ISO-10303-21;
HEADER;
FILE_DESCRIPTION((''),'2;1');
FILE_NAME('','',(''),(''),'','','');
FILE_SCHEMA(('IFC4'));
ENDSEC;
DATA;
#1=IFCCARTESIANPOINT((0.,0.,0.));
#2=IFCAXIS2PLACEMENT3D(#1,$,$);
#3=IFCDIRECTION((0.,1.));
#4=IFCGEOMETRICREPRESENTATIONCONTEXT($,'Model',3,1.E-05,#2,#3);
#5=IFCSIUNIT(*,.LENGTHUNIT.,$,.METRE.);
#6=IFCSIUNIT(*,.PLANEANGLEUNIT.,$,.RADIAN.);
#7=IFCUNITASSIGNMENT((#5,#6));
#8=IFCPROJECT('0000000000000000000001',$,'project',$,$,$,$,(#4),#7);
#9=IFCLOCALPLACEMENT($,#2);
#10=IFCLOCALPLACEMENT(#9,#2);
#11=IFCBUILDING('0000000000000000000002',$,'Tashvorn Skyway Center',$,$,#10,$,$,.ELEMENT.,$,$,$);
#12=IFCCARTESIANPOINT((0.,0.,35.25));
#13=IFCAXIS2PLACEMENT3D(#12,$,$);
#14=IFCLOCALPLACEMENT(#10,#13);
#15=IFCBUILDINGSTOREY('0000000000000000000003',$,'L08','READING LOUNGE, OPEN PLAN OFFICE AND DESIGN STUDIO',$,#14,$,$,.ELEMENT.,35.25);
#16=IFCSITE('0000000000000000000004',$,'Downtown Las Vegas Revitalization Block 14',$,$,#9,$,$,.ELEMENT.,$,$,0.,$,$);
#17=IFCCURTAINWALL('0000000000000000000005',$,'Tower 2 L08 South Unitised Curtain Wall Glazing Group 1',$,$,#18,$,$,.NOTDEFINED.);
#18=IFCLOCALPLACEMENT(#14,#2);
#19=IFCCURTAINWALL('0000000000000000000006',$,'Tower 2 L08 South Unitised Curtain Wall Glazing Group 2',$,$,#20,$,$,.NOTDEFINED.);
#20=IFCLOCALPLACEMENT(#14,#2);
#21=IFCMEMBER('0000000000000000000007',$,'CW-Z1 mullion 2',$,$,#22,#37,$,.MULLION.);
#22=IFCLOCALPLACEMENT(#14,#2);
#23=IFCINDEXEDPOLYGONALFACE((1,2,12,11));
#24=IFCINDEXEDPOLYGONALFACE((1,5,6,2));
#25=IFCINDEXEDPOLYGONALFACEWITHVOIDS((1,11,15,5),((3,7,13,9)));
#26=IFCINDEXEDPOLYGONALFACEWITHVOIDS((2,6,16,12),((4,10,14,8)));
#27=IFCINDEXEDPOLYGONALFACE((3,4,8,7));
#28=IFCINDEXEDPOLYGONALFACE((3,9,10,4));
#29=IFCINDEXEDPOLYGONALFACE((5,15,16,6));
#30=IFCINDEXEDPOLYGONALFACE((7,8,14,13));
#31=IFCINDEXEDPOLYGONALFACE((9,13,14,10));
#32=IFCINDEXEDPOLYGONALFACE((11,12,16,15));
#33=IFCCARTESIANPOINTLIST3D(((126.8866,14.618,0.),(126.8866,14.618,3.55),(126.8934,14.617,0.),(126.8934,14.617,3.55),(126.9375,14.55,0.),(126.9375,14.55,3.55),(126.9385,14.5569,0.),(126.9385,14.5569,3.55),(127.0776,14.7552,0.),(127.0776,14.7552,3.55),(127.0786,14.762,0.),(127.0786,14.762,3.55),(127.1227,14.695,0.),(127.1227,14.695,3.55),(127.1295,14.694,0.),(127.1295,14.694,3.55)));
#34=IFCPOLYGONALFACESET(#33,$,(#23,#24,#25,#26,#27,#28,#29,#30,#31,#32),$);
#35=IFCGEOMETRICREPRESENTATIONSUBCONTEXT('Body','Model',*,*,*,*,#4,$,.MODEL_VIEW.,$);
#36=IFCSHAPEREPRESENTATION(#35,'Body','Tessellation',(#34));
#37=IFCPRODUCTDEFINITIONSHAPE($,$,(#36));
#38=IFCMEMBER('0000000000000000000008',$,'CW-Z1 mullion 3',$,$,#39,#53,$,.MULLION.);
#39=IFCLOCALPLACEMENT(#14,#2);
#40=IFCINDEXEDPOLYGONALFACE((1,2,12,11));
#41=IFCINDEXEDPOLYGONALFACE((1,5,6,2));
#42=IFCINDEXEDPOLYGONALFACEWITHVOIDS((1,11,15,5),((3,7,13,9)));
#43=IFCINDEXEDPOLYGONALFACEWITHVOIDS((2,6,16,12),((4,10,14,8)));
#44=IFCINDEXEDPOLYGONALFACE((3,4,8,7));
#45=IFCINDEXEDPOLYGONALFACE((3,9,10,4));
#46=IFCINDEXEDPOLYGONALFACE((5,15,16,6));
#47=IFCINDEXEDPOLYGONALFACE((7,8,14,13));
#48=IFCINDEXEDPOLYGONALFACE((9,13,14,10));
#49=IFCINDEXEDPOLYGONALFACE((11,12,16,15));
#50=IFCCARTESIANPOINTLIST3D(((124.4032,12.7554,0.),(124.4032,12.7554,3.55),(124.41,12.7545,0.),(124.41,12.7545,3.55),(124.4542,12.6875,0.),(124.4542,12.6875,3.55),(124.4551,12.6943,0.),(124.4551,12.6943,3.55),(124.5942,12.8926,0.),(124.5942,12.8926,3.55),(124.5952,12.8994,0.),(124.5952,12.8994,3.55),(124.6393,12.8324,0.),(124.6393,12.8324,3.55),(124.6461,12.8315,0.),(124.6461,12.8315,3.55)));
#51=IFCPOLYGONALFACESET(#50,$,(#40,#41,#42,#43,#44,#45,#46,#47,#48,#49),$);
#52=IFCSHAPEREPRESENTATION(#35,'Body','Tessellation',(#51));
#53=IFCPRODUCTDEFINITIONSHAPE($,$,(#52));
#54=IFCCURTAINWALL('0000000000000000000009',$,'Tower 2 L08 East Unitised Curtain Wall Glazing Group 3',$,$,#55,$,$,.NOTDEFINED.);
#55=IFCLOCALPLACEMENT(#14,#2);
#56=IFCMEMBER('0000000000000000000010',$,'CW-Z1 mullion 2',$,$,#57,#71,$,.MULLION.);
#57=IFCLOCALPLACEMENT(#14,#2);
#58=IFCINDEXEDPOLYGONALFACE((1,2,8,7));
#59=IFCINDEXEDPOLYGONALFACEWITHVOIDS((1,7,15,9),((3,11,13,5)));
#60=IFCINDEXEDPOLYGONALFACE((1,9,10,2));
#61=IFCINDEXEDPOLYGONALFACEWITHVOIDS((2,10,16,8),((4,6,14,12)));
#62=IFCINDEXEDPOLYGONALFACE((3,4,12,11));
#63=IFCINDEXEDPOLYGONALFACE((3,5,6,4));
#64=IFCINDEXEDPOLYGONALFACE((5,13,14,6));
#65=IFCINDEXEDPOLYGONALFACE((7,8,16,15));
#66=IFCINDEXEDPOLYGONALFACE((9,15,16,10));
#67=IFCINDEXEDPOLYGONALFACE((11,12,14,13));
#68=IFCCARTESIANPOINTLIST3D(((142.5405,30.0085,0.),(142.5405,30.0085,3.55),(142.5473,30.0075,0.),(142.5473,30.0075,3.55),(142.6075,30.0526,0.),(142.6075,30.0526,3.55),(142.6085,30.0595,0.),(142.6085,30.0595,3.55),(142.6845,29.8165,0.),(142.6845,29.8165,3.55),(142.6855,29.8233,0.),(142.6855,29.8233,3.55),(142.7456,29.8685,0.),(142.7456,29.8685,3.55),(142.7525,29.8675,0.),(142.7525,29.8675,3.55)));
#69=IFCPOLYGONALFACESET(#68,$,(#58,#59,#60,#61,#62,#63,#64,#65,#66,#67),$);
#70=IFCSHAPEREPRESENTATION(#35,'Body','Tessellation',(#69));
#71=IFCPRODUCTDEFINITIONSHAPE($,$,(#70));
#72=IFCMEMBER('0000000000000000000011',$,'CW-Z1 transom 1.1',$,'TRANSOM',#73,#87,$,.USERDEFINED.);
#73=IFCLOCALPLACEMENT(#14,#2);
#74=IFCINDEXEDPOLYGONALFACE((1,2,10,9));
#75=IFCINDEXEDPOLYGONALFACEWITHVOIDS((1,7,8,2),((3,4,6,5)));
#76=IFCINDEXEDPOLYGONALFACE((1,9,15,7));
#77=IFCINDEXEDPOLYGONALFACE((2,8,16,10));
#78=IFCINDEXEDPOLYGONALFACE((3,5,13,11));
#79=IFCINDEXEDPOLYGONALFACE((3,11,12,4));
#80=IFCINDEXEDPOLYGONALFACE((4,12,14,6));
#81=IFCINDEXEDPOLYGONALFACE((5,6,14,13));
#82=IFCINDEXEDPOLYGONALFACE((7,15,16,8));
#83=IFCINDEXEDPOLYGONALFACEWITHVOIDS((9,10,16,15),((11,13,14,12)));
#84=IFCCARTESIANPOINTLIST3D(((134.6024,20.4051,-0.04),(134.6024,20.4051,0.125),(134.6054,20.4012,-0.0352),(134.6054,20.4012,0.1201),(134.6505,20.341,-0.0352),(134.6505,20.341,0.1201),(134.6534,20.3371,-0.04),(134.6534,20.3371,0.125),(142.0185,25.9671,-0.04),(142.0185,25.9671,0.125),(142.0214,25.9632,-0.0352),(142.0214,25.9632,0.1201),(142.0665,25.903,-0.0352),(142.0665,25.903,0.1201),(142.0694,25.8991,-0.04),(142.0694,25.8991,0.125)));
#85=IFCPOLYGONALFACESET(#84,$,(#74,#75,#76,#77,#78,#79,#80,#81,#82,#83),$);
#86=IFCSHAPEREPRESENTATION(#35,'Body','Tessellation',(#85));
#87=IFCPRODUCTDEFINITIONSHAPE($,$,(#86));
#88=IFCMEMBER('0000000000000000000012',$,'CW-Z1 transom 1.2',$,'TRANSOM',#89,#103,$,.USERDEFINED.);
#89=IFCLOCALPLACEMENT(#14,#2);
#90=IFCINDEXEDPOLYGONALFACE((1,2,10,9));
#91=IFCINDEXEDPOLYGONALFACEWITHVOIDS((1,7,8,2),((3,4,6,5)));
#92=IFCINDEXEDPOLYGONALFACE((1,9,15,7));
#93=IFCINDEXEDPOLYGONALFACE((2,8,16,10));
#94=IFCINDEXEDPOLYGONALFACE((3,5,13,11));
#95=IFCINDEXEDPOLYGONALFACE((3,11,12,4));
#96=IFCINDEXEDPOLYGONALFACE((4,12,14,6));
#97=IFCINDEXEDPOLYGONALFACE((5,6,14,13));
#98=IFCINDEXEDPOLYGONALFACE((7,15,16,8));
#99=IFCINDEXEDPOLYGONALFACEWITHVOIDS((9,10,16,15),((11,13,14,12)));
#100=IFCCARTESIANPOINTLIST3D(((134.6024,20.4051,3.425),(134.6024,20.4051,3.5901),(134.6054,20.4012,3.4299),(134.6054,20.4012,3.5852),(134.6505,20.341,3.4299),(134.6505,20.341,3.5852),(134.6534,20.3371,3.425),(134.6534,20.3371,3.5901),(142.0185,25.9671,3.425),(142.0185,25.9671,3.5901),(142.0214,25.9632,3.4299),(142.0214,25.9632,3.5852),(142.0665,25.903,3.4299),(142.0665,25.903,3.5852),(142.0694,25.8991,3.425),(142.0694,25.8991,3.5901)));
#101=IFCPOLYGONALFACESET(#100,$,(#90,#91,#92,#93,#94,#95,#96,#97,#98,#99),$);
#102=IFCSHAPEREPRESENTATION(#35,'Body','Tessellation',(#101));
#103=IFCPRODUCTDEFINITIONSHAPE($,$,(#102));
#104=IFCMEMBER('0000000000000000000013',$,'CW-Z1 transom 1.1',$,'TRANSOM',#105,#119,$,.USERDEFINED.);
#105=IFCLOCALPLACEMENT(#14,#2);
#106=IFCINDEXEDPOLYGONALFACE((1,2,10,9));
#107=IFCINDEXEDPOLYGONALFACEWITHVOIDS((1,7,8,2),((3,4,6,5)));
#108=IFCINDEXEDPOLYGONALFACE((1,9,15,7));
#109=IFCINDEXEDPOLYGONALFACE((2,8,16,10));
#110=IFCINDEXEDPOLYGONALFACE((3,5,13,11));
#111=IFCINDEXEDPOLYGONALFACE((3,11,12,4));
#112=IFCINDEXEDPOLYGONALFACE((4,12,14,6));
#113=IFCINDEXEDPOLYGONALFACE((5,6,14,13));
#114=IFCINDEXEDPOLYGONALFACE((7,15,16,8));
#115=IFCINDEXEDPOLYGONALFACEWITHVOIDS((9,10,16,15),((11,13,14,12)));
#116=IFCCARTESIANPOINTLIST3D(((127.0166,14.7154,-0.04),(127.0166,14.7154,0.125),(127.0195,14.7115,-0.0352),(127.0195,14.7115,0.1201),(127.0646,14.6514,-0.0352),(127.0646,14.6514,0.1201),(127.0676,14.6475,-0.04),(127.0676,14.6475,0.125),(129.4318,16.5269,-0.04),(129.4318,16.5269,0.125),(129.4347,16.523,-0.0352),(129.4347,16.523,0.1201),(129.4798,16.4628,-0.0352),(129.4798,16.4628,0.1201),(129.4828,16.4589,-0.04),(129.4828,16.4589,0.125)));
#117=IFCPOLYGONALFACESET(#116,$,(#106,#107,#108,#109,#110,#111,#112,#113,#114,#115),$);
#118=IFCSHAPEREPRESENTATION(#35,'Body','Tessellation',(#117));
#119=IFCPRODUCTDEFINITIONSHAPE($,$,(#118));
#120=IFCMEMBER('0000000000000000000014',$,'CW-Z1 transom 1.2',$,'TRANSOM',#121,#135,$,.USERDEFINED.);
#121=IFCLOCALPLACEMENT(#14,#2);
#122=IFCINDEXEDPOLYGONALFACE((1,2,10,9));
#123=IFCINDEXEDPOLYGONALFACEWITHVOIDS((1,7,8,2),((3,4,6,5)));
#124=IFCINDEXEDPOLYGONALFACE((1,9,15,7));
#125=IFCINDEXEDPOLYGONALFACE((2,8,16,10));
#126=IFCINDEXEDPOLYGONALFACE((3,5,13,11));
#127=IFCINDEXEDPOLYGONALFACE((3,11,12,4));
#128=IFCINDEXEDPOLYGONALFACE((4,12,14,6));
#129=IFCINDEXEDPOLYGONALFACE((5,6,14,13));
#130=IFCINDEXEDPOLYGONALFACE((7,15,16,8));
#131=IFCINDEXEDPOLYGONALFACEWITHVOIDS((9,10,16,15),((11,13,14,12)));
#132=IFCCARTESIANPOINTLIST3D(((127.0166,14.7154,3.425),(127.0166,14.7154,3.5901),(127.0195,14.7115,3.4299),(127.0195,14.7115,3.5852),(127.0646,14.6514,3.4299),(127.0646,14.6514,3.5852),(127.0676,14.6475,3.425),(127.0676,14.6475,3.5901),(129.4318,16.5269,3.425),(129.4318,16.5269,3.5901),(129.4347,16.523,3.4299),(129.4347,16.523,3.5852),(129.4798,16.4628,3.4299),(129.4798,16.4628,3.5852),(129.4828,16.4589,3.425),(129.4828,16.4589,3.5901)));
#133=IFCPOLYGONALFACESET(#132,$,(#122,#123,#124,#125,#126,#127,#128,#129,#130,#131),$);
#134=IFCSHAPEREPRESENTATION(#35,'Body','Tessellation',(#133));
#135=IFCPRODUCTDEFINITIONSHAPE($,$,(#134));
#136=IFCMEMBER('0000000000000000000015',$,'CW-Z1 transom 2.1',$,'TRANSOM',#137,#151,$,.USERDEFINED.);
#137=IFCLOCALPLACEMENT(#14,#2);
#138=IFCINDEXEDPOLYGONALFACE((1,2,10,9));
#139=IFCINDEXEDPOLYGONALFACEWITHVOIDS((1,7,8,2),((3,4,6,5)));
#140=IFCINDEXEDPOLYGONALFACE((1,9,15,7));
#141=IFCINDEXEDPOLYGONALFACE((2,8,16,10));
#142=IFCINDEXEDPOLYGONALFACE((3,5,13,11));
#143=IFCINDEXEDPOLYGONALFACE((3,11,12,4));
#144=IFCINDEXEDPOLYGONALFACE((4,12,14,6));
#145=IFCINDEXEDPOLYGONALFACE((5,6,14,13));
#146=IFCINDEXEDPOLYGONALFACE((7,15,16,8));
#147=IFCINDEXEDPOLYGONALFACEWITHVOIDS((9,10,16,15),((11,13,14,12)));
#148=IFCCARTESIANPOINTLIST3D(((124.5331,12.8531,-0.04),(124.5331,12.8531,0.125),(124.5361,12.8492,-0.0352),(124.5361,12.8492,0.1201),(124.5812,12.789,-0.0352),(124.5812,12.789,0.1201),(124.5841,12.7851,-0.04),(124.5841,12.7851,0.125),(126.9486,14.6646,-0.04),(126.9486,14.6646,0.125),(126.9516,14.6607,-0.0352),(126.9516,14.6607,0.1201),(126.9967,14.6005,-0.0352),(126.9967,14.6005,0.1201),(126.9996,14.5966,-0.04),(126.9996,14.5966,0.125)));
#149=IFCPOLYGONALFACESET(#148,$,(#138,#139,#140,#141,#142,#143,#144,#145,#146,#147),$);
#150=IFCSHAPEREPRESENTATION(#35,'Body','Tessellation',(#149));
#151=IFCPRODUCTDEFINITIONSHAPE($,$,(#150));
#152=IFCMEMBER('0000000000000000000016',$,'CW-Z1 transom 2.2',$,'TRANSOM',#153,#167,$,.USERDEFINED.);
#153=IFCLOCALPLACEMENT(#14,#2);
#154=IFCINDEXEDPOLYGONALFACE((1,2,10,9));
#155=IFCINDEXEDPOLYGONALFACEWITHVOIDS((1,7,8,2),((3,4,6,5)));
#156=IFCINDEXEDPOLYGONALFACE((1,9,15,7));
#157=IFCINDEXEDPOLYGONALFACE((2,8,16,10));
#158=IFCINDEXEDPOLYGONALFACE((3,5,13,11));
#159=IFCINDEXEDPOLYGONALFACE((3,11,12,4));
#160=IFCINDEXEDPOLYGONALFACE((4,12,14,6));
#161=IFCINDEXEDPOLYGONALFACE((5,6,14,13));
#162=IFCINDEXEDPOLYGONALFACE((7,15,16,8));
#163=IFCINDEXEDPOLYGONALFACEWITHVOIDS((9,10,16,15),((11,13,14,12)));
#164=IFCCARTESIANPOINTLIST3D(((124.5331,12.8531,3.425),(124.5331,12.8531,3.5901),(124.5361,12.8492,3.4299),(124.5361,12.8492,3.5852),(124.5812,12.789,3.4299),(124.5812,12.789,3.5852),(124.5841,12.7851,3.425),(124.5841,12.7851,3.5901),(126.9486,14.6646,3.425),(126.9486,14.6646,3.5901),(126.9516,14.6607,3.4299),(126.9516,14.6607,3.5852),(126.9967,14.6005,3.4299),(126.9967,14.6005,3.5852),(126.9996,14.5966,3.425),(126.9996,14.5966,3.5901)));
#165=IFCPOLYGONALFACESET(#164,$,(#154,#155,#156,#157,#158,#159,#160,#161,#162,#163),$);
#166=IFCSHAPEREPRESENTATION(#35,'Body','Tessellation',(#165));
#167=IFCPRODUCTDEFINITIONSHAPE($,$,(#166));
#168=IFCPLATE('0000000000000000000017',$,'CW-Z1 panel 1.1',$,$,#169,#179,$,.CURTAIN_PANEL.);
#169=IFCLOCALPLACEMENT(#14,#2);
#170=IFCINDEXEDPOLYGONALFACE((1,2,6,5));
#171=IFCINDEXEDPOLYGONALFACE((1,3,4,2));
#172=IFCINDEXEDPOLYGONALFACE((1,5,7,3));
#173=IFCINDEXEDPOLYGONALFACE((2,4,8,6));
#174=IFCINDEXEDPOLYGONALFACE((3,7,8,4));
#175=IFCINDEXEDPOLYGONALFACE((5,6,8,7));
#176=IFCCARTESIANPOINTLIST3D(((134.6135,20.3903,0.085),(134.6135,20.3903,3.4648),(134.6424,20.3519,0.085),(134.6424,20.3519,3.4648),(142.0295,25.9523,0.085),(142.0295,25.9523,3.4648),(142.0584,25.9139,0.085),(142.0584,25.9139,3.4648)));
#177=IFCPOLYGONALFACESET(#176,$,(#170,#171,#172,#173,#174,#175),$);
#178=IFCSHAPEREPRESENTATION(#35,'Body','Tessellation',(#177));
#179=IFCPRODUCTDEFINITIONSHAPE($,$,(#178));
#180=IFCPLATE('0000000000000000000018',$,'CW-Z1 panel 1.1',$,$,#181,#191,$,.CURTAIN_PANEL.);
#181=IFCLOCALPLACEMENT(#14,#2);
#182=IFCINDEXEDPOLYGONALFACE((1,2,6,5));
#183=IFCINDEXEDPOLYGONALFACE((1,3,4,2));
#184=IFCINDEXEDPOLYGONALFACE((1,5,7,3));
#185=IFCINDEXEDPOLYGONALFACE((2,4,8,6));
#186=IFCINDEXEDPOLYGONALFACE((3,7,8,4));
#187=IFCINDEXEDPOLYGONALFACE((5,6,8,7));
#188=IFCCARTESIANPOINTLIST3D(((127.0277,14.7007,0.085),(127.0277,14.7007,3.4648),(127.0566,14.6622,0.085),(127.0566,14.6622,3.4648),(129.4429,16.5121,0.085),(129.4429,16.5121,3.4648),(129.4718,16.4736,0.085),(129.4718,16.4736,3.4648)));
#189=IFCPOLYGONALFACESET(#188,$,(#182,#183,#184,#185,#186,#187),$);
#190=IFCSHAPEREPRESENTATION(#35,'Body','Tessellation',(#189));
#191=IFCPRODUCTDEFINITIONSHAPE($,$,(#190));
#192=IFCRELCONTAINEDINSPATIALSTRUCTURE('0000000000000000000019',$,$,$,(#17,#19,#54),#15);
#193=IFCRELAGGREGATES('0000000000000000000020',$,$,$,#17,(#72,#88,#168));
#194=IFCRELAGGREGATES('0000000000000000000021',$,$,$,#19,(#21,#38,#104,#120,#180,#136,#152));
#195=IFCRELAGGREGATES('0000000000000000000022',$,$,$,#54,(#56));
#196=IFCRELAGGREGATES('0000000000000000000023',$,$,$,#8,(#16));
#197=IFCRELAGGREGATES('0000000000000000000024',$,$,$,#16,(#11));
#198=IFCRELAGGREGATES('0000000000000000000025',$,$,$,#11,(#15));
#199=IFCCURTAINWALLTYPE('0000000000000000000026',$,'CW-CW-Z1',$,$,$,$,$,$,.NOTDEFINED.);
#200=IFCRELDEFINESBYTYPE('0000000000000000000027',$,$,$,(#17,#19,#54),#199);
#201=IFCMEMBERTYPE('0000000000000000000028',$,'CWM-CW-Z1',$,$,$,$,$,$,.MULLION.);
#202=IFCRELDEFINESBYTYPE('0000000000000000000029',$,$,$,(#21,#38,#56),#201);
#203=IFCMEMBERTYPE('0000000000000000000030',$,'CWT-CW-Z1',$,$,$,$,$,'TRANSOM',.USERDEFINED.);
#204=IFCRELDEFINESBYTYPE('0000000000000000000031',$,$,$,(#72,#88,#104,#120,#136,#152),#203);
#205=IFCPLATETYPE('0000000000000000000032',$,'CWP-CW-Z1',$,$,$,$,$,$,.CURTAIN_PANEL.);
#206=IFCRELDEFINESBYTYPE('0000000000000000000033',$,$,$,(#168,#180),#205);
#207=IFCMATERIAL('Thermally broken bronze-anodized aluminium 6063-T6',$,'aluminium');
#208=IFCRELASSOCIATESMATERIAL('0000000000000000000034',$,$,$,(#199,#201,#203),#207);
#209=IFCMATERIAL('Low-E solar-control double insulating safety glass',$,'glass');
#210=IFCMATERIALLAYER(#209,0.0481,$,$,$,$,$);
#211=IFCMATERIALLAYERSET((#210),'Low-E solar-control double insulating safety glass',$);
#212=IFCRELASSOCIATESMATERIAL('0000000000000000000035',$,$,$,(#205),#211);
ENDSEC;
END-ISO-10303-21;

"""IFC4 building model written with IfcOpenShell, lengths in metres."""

from ifc_helpers import new_model, si_unit, direction, frame, origin, origin_2d, place, context, subcontext, project, spatial, rectangle, hollow_rectangle, extrude, material, layer, layer_set, material_profile, profile_set, type_object, element, aggregate, save


model = new_model("IFC4")

# Units and contexts
model_context = context("Model", 3, precision=1e-05, world=origin(), true_north=direction((0.0, 1.0)))
body_context = subcontext(model_context, "Body", "Model", "MODEL_VIEW")
ifc_project = project(units=[si_unit("LENGTHUNIT", "METRE"), si_unit("PLANEANGLEUNIT", "RADIAN")], contexts=[model_context])

# Site, building, storey
site_placement = place(None, origin())
site = spatial("IfcSite", under=ifc_project, at=site_placement, Name="Downtown Las Vegas Revitalization Block 14", CompositionType="ELEMENT", RefElevation=0.0)
building_placement = place(site_placement, origin())
building = spatial("IfcBuilding", under=site, at=building_placement, Name="Tashvorn Skyway Center", CompositionType="ELEMENT")
storey_placement = place(building_placement, frame((0.0, 0.0, 35.25)))
storey = spatial("IfcBuildingStorey", under=building, at=storey_placement, Name="L08", Description="READING LOUNGE, OPEN PLAN OFFICE AND DESIGN STUDIO", CompositionType="ELEMENT", Elevation=35.25)

# Curtain walls, members
ifc_material_1 = material(Name="Thermally broken bronze-anodized aluminium 6063-T6", Category="aluminium")
curtain_wall_type = type_object("IfcCurtainWallType", Name="CW-CW-Z1", PredefinedType="NOTDEFINED", material=ifc_material_1)
curtain_wall_1_placement = place(storey_placement, origin())
curtain_wall_1 = element("IfcCurtainWall", 1, at=curtain_wall_1_placement, inside=storey, type_object=curtain_wall_type, Name="Tower 2 L08 South Unitised Curtain Wall Glazing Group 1", PredefinedType="NOTDEFINED")
ifc_material_profile_1 = material_profile(ifc_material_1, hollow_rectangle(XDim=0.085, YDim=0.24, WallThickness=0.0049, at=origin_2d()), Name="ALU-MULL-85x240")
ifc_profile_set_1 = profile_set([ifc_material_profile_1], Name="Thermally broken bronze-anodized aluminium 6063-T6")
member_type_1 = type_object("IfcMemberType", Name="CWM-CW-Z1", PredefinedType="MULLION", material=ifc_profile_set_1)
curtain_wall_2_placement = place(storey_placement, origin())
curtain_wall_2 = element("IfcCurtainWall", 2, at=curtain_wall_2_placement, inside=storey, type_object=curtain_wall_type, Name="Tower 2 L08 South Unitised Curtain Wall Glazing Group 2", PredefinedType="NOTDEFINED")
member_1_placement = place(storey_placement, frame((127.0081, 14.656, 0.0), z_axis=(0.0, 0.0, 1.0), x_axis=(0.600005, -0.799996, 0.0)))
member_1 = element("IfcMember", 3, at=member_1_placement, type_object=member_type_1, Name="CW-Z1 mullion 2", PredefinedType="MULLION", context=body_context, shape_type="SweptSolid", body=[
    extrude(hollow_rectangle(XDim=0.085, YDim=0.24, WallThickness=0.0049, at=origin_2d()), origin(), (0.0, 0.0, 1.0), 3.55),
])
member_2_placement = place(storey_placement, frame((124.5247, 12.7935, 0.0), z_axis=(0.0, 0.0, 1.0), x_axis=(0.600005, -0.799996, 0.0)))
member_2 = element("IfcMember", 4, at=member_2_placement, type_object=member_type_1, Name="CW-Z1 mullion 3", PredefinedType="MULLION", context=body_context, shape_type="SweptSolid", body=[
    extrude(hollow_rectangle(XDim=0.085, YDim=0.24, WallThickness=0.0049, at=origin_2d()), origin(), (0.0, 0.0, 1.0), 3.55),
])

# Curtain wall, member
curtain_wall_3_placement = place(storey_placement, origin())
curtain_wall_3 = element("IfcCurtainWall", 5, at=curtain_wall_3_placement, inside=storey, type_object=curtain_wall_type, Name="Tower 2 L08 East Unitised Curtain Wall Glazing Group 3", PredefinedType="NOTDEFINED")
member_3_placement = place(storey_placement, frame((142.6465, 29.938, 0.0), z_axis=(0.0, 0.0, 1.0), x_axis=(0.8, 0.6, 0.0)))
member_3 = element("IfcMember", 6, at=member_3_placement, type_object=member_type_1, Name="CW-Z1 mullion 2", PredefinedType="MULLION", context=body_context, shape_type="SweptSolid", body=[
    extrude(hollow_rectangle(XDim=0.085, YDim=0.24, WallThickness=0.0049, at=origin_2d()), origin(), (0.0, 0.0, 1.0), 3.55),
])

# Members
ifc_material_profile_2 = material_profile(ifc_material_1, hollow_rectangle(XDim=0.085, YDim=0.165, WallThickness=0.0049, at=origin_2d()), Name="ALU-TRAN-85x165")
ifc_profile_set_2 = profile_set([ifc_material_profile_2], Name="Thermally broken bronze-anodized aluminium 6063-T6")
member_type_2 = type_object("IfcMemberType", Name="CWT-CW-Z1", ElementType="TRANSOM", PredefinedType="USERDEFINED", material=ifc_profile_set_2)
member_4_placement = place(storey_placement, frame((142.0439, 25.9331, 0.0425), z_axis=(-0.8, -0.6, 0.0), x_axis=(0.6, -0.8, 0.0)))
member_4 = element("IfcMember", 7, at=member_4_placement, type_object=member_type_2, Name="CW-Z1 transom 1.1", ObjectType="TRANSOM", PredefinedType="USERDEFINED", context=body_context, shape_type="SweptSolid", body=[
    extrude(hollow_rectangle(XDim=0.085, YDim=0.165, WallThickness=0.0049, at=origin_2d()), origin(), (0.0, 0.0, 1.0), 9.27),
])
member_5_placement = place(storey_placement, frame((142.0439, 25.9331, 3.5076), z_axis=(-0.8, -0.6, 0.0), x_axis=(0.6, -0.8, 0.0)))
member_5 = element("IfcMember", 8, at=member_5_placement, type_object=member_type_2, Name="CW-Z1 transom 1.2", ObjectType="TRANSOM", PredefinedType="USERDEFINED", context=body_context, shape_type="SweptSolid", body=[
    extrude(hollow_rectangle(XDim=0.085, YDim=0.165, WallThickness=0.0049, at=origin_2d()), origin(), (0.0, 0.0, 1.0), 9.27),
])
member_6_placement = place(storey_placement, frame((129.4573, 16.4929, 0.0425), z_axis=(-0.79999, -0.600013, 0.0), x_axis=(0.600013, -0.79999, 0.0)))
member_6 = element("IfcMember", 9, at=member_6_placement, type_object=member_type_2, Name="CW-Z1 transom 1.1", ObjectType="TRANSOM", PredefinedType="USERDEFINED", context=body_context, shape_type="SweptSolid", body=[
    extrude(hollow_rectangle(XDim=0.085, YDim=0.165, WallThickness=0.0049, at=origin_2d()), origin(), (0.0, 0.0, 1.0), 3.019),
])
member_7_placement = place(storey_placement, frame((129.4573, 16.4929, 3.5076), z_axis=(-0.79999, -0.600013, 0.0), x_axis=(0.600013, -0.79999, 0.0)))
member_7 = element("IfcMember", 10, at=member_7_placement, type_object=member_type_2, Name="CW-Z1 transom 1.2", ObjectType="TRANSOM", PredefinedType="USERDEFINED", context=body_context, shape_type="SweptSolid", body=[
    extrude(hollow_rectangle(XDim=0.085, YDim=0.165, WallThickness=0.0049, at=origin_2d()), origin(), (0.0, 0.0, 1.0), 3.019),
])
member_8_placement = place(storey_placement, frame((126.9741, 14.6306, 0.0425), z_axis=(-0.800019, -0.599974, 0.0), x_axis=(0.599974, -0.800019, 0.0)))
member_8 = element("IfcMember", 11, at=member_8_placement, type_object=member_type_2, Name="CW-Z1 transom 2.1", ObjectType="TRANSOM", PredefinedType="USERDEFINED", context=body_context, shape_type="SweptSolid", body=[
    extrude(hollow_rectangle(XDim=0.085, YDim=0.165, WallThickness=0.0049, at=origin_2d()), origin(), (0.0, 0.0, 1.0), 3.0193),
])
member_9_placement = place(storey_placement, frame((126.9741, 14.6306, 3.5076), z_axis=(-0.800019, -0.599974, 0.0), x_axis=(0.599974, -0.800019, 0.0)))
member_9 = element("IfcMember", 12, at=member_9_placement, type_object=member_type_2, Name="CW-Z1 transom 2.2", ObjectType="TRANSOM", PredefinedType="USERDEFINED", context=body_context, shape_type="SweptSolid", body=[
    extrude(hollow_rectangle(XDim=0.085, YDim=0.165, WallThickness=0.0049, at=origin_2d()), origin(), (0.0, 0.0, 1.0), 3.0193),
])

# Plates
ifc_material_2 = material(Name="Low-E solar-control double insulating safety glass", Category="glass")
ifc_layer_1 = layer(ifc_material_2, 0.0481)
ifc_layer_set_1 = layer_set([ifc_layer_1], Name="Low-E solar-control double insulating safety glass")
plate_type = type_object("IfcPlateType", Name="CWP-CW-Z1", PredefinedType="CURTAIN_PANEL", material=ifc_layer_set_1)
plate_1_placement = place(storey_placement, frame((138.3359, 23.1521, 0.085), z_axis=(0.0, 0.0, 1.0), x_axis=(-0.8, -0.6, 0.0)))
plate_1 = element("IfcPlate", 13, at=plate_1_placement, type_object=plate_type, Name="CW-Z1 panel 1.1", PredefinedType="CURTAIN_PANEL", context=body_context, shape_type="SweptSolid", body=[
    extrude(rectangle(XDim=9.27, YDim=0.0481, at=origin_2d()), origin(), (0.0, 0.0, 1.0), 3.3799),
])
aggregate(curtain_wall_1, [member_4, member_5, plate_1])
plate_2_placement = place(storey_placement, frame((128.2498, 15.5872, 0.085), z_axis=(0.0, 0.0, 1.0), x_axis=(-0.799996, -0.600005, 0.0)))
plate_2 = element("IfcPlate", 14, at=plate_2_placement, type_object=plate_type, Name="CW-Z1 panel 1.1", PredefinedType="CURTAIN_PANEL", context=body_context, shape_type="SweptSolid", body=[
    extrude(rectangle(XDim=3.019, YDim=0.0481, at=origin_2d()), origin(), (0.0, 0.0, 1.0), 3.3799),
])
aggregate(curtain_wall_2, [member_1, member_2, member_6, member_7, plate_2, member_8, member_9])
aggregate(curtain_wall_3, [member_3])

save(model, "model.ifc")
